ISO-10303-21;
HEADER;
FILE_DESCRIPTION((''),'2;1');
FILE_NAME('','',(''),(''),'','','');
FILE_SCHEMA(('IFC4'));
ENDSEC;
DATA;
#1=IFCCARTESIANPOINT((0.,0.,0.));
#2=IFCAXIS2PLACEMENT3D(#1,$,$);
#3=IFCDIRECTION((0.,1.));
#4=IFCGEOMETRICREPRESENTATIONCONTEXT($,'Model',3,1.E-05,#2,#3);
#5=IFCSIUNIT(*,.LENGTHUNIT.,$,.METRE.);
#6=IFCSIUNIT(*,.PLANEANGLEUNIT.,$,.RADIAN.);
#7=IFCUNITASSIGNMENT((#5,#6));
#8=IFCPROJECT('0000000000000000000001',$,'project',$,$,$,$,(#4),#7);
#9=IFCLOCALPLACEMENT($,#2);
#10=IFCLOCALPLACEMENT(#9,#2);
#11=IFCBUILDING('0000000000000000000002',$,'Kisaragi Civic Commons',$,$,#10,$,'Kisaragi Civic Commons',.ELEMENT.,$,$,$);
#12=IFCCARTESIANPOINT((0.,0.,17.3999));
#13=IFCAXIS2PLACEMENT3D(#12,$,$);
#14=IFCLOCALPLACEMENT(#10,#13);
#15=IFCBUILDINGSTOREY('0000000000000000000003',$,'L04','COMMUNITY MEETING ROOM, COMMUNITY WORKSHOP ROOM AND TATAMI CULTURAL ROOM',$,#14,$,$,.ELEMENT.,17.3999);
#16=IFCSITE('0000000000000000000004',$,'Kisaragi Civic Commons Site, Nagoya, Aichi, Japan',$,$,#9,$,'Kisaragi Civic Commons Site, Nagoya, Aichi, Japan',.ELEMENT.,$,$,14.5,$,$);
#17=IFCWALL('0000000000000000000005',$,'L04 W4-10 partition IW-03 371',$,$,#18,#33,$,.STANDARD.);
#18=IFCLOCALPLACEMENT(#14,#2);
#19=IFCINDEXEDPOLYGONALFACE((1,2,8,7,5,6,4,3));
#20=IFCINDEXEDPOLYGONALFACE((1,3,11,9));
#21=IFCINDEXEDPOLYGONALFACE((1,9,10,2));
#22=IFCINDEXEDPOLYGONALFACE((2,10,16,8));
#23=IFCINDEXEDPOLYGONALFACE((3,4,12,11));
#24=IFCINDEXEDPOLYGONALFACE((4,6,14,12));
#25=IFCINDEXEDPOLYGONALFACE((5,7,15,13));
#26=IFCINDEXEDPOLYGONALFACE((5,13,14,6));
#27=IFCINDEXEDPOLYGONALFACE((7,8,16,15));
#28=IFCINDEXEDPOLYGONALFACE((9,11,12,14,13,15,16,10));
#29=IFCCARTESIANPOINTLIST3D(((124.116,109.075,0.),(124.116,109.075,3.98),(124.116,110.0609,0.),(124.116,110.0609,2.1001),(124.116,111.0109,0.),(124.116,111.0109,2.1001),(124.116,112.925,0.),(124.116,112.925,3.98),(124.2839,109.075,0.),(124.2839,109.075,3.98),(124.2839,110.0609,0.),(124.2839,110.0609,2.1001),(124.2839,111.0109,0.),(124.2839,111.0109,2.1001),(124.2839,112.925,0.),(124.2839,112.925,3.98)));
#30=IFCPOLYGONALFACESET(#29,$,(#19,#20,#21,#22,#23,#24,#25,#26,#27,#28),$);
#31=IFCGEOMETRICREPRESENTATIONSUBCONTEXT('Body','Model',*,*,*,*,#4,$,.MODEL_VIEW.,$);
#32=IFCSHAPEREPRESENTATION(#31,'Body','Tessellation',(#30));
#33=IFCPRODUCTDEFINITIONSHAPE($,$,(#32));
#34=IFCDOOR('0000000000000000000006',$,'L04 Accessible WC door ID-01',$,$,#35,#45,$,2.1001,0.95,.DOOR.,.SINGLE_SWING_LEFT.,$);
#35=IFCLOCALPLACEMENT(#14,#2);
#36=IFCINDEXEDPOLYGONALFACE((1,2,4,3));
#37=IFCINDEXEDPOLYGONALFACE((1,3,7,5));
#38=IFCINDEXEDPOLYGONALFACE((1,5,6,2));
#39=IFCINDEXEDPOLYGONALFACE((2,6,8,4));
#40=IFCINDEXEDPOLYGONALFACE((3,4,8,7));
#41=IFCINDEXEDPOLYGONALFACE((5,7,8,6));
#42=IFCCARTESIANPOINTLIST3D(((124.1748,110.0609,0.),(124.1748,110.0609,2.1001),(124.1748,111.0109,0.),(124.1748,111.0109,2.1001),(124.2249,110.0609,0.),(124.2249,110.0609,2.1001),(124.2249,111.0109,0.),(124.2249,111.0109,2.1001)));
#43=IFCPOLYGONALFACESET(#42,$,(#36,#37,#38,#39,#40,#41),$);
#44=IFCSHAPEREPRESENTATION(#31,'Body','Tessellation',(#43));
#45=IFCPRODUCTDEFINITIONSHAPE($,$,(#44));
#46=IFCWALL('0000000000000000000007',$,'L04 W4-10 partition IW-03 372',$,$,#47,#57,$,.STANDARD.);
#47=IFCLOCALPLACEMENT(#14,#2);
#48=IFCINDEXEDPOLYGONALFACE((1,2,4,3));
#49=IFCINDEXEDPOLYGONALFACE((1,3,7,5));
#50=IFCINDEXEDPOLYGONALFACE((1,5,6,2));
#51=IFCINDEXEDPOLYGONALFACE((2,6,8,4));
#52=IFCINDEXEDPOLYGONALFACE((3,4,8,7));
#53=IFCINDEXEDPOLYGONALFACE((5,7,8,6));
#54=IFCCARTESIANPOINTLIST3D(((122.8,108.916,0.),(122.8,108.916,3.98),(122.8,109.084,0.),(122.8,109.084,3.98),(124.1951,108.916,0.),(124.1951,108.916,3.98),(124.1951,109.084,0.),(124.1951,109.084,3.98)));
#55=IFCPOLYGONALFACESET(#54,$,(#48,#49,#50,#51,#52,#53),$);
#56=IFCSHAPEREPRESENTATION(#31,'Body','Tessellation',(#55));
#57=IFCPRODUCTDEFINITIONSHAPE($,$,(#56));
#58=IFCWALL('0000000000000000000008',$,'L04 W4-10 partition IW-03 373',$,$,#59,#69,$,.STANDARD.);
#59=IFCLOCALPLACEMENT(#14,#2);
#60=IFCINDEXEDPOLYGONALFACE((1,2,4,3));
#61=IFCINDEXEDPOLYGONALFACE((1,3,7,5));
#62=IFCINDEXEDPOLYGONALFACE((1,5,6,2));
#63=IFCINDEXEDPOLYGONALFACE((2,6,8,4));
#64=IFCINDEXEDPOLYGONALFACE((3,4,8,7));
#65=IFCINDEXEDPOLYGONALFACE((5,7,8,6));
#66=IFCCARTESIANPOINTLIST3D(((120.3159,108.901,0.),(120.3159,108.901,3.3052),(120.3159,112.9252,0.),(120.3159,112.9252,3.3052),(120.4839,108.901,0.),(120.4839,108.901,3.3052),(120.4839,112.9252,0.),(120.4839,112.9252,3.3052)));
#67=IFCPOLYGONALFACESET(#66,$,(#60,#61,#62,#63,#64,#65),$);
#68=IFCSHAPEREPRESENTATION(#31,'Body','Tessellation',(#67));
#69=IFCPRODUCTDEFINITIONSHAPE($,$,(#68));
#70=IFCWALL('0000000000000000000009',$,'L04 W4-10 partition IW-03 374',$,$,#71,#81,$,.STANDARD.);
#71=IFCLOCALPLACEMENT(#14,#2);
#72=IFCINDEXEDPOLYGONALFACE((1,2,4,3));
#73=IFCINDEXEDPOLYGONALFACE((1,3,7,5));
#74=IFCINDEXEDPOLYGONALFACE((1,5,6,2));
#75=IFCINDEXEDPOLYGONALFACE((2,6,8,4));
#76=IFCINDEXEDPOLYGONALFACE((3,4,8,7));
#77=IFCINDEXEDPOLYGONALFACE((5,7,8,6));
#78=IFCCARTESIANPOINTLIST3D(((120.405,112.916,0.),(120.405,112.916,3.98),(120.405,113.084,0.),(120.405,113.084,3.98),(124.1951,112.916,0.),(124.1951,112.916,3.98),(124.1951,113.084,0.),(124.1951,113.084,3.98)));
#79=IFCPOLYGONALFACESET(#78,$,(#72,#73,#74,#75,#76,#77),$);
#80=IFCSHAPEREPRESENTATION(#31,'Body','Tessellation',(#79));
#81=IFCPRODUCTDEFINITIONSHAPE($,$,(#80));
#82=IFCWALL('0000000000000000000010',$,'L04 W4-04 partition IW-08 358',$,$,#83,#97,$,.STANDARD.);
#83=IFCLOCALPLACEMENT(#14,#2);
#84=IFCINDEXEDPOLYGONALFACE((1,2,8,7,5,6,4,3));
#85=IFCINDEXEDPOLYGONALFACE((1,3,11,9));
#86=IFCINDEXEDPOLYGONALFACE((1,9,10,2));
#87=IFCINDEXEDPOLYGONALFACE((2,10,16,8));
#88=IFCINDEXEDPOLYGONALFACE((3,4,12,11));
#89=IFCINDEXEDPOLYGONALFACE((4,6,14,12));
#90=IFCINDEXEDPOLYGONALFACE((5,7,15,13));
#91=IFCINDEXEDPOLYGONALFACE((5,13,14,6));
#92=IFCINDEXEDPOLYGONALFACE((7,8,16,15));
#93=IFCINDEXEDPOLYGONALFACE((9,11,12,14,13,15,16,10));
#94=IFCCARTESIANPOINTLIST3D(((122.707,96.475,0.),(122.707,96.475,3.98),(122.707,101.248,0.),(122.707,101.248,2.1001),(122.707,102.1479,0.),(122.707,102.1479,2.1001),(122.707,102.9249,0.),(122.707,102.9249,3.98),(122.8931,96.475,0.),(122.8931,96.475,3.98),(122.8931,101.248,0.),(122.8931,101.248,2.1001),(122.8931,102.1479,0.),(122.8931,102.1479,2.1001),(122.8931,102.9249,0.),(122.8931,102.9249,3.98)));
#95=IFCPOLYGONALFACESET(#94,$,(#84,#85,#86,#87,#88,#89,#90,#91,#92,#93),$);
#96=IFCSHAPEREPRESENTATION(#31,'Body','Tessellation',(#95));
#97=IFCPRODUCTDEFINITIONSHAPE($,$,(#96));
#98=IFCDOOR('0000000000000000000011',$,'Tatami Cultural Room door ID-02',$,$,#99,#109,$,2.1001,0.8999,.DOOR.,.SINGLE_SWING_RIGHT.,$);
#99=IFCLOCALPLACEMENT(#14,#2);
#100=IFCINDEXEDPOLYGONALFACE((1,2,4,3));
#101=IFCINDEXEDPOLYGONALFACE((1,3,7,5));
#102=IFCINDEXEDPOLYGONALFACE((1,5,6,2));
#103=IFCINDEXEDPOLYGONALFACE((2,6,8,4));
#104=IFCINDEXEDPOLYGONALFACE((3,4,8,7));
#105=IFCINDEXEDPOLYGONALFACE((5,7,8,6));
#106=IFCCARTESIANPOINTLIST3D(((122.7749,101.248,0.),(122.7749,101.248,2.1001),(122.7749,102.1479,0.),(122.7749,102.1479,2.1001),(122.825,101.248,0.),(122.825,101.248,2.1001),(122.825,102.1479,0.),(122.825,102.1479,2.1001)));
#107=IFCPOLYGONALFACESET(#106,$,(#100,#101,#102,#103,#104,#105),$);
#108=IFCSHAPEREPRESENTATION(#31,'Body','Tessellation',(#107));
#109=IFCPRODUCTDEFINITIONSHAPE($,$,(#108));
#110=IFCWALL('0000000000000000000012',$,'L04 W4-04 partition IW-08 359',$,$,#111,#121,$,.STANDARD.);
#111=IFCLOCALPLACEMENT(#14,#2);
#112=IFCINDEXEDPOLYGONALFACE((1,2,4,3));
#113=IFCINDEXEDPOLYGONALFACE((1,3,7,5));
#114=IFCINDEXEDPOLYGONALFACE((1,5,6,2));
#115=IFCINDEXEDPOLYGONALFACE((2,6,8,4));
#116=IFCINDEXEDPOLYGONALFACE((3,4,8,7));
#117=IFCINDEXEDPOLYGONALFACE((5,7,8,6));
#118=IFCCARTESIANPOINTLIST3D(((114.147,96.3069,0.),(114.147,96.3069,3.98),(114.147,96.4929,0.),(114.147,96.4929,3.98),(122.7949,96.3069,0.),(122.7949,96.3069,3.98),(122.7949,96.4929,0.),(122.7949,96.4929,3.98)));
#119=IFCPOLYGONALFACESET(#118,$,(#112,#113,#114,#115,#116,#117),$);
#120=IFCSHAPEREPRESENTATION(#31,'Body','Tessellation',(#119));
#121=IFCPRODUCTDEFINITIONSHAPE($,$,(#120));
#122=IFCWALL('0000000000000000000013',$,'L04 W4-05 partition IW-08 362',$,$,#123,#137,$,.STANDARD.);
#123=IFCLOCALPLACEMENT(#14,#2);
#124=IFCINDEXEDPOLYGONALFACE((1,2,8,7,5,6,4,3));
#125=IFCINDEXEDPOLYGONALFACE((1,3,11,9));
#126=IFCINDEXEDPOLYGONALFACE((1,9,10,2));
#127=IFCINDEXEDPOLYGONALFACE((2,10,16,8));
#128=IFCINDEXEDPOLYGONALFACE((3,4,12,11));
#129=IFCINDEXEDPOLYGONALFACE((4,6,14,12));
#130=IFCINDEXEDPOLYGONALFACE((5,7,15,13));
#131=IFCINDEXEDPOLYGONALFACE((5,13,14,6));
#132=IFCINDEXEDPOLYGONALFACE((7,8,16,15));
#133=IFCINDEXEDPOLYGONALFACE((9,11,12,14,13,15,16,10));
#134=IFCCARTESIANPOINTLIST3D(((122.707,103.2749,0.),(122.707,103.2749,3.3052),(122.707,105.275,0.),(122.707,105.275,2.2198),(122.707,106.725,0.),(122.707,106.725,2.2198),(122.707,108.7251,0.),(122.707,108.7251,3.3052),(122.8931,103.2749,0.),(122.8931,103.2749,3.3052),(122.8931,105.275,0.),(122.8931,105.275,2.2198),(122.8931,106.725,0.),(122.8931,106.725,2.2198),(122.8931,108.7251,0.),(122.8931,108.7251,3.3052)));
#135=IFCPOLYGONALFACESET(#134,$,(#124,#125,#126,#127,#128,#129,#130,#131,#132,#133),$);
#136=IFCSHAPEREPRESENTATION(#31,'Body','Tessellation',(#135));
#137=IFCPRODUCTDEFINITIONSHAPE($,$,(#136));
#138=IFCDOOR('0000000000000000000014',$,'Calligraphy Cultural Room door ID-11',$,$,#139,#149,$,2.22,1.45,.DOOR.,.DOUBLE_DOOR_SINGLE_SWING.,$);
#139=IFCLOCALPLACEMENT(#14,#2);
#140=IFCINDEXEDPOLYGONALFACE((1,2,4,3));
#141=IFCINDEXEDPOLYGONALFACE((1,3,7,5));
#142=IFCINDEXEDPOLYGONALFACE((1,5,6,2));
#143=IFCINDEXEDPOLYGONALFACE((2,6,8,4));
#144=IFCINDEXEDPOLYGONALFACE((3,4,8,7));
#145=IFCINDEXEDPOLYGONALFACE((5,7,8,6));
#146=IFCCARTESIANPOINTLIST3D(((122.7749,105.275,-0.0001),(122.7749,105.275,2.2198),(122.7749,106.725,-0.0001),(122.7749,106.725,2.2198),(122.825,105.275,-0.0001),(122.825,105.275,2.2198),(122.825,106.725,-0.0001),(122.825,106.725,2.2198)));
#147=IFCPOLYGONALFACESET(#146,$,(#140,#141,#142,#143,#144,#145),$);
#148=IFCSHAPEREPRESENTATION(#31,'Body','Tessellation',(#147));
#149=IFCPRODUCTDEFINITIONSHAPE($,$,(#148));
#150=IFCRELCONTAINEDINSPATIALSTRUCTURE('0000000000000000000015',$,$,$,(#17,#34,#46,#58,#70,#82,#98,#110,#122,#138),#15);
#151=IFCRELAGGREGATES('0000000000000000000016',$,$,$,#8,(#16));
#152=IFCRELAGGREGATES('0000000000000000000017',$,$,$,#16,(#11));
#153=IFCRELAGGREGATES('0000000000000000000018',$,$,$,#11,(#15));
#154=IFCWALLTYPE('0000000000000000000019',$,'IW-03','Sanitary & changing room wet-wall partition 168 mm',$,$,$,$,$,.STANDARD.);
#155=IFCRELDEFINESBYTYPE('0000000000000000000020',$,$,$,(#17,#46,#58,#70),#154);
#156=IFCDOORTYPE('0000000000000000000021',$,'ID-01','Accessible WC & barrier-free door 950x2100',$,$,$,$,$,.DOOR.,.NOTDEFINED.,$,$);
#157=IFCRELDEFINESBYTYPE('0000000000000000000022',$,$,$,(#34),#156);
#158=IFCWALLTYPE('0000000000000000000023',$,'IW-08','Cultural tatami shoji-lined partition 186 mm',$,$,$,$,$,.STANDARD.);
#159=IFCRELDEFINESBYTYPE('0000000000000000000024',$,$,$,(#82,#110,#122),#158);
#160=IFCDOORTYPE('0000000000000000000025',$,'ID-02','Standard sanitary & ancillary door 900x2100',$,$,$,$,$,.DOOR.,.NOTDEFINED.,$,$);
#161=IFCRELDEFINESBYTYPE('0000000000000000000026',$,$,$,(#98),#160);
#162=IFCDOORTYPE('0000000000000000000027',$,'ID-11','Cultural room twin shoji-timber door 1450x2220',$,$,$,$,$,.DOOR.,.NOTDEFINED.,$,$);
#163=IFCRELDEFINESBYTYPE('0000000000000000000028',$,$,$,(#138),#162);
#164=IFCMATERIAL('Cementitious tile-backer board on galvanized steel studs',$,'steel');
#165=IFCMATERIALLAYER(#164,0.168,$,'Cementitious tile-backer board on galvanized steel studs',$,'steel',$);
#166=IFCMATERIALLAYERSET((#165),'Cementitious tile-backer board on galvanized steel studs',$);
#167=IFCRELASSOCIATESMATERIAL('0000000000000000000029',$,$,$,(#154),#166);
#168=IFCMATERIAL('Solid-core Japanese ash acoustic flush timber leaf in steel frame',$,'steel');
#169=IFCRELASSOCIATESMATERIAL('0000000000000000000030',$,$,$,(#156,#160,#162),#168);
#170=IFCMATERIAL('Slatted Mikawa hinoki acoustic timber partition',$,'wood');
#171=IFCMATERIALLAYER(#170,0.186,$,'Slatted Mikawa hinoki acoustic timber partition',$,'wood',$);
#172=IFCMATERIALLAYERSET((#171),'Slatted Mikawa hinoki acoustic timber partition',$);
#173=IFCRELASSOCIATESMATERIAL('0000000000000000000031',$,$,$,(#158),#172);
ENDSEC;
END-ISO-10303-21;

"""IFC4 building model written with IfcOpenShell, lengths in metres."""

from ifc_helpers import new_model, si_unit, direction, frame, frame_2d, origin, place, context, subcontext, project, spatial, rectangle, extrude, material, layer, layer_set, type_object, element, fill, save


model = new_model("IFC4")

# Units and contexts
model_context = context("Model", 3, precision=1e-05, world=origin(), true_north=direction((0.0, 1.0)))
body_context = subcontext(model_context, "Body", "Model", "MODEL_VIEW")
ifc_project = project(units=[si_unit("LENGTHUNIT", "METRE"), si_unit("PLANEANGLEUNIT", "RADIAN")], contexts=[model_context])

# Site, building, storey
site_placement = place(None, origin())
site = spatial("IfcSite", under=ifc_project, at=site_placement, Name="Kisaragi Civic Commons Site, Nagoya, Aichi, Japan", LongName="Kisaragi Civic Commons Site, Nagoya, Aichi, Japan", CompositionType="ELEMENT", RefElevation=14.5)
building_placement = place(site_placement, origin())
building = spatial("IfcBuilding", under=site, at=building_placement, Name="Kisaragi Civic Commons", LongName="Kisaragi Civic Commons", CompositionType="ELEMENT")
storey_placement = place(building_placement, frame((0.0, 0.0, 17.3999)))
storey = spatial("IfcBuildingStorey", under=building, at=storey_placement, Name="L04", Description="COMMUNITY MEETING ROOM, COMMUNITY WORKSHOP ROOM AND TATAMI CULTURAL ROOM", CompositionType="ELEMENT", Elevation=17.3999)

# Shared definitions
ifc_material_1 = material(Name="Solid-core Japanese ash acoustic flush timber leaf in steel frame", Category="steel")

# Wall, opening, door
ifc_material_2 = material(Name="Cementitious tile-backer board on galvanized steel studs", Category="steel")
ifc_layer_1 = layer(ifc_material_2, 0.168, Name="Cementitious tile-backer board on galvanized steel studs", Category="steel")
ifc_layer_set_1 = layer_set([ifc_layer_1], Name="Cementitious tile-backer board on galvanized steel studs")
wall_type_1 = type_object("IfcWallType", Name="IW-03", Description="Sanitary & changing room wet-wall partition 168 mm", PredefinedType="STANDARD", material=ifc_layer_set_1)
wall_1_placement = place(storey_placement, frame((124.2, 112.925, 0.0), z_axis=(0.0, 0.0, 1.0), x_axis=(0.0, -1.0, 0.0)))
wall_1 = element("IfcWall", 1, at=wall_1_placement, inside=storey, type_object=wall_type_1, Name="L04 W4-10 partition IW-03 371", PredefinedType="STANDARD", context=body_context, shape_type="SweptSolid", body=[
    extrude(rectangle(XDim=3.8501, YDim=0.168, at=frame_2d((1.925, 0.0))), origin(), (0.0, 0.0, 1.0), 3.98),
])
opening_1_placement = place(wall_1_placement, frame((1.9141, 0.0, 0.0)))
opening_1 = element("IfcOpeningElement", 2, at=opening_1_placement, cuts=wall_1, PredefinedType="OPENING", context=body_context, shape_type="SweptSolid", body=[
    extrude(rectangle(XDim=0.95, YDim=2.1001, at=frame_2d((0.4751, 1.05))), frame((0.0, 0.094, 0.0), z_axis=(0.0, -1.0, 0.0), x_axis=(1.0, 0.0, 0.0)), (0.0, 0.0, 1.0), 0.188),
])
door_type_1 = type_object("IfcDoorType", Name="ID-01", Description="Accessible WC & barrier-free door 950x2100", OperationType="NOTDEFINED", PredefinedType="DOOR", material=ifc_material_1)
door_1_placement = place(opening_1_placement, origin())
door_1 = element("IfcDoor", 3, at=door_1_placement, inside=storey, type_object=door_type_1, Name="L04 Accessible WC door ID-01", OperationType="SINGLE_SWING_LEFT", OverallHeight=2.1001, OverallWidth=0.95, PredefinedType="DOOR", context=body_context, shape_type="SweptSolid", body=[
    extrude(rectangle(XDim=0.95, YDim=2.1001, at=frame_2d((0.4751, 1.05))), frame((0.0, 0.0249, 0.0), z_axis=(0.0, -1.0, 0.0), x_axis=(1.0, 0.0, 0.0)), (0.0, 0.0, 1.0), 0.05),
])
fill(opening_1, door_1)

# Walls
wall_2_placement = place(storey_placement, frame((124.1951, 109.0, 0.0), z_axis=(0.0, 0.0, 1.0), x_axis=(-1.0, 0.0, 0.0)))
element("IfcWall", 4, at=wall_2_placement, inside=storey, type_object=wall_type_1, Name="L04 W4-10 partition IW-03 372", PredefinedType="STANDARD", context=body_context, shape_type="SweptSolid", body=[
    extrude(rectangle(XDim=1.395, YDim=0.168, at=frame_2d((0.6975, 0.0))), origin(), (0.0, 0.0, 1.0), 3.98),
])
wall_3_placement = place(storey_placement, frame((120.3999, 108.9009, 0.0), z_axis=(0.0, 0.0, 1.0), x_axis=(0.0, 1.0, 0.0)))
element("IfcWall", 5, at=wall_3_placement, inside=storey, type_object=wall_type_1, Name="L04 W4-10 partition IW-03 373", PredefinedType="STANDARD", context=body_context, shape_type="SweptSolid", body=[
    extrude(rectangle(XDim=4.0242, YDim=0.168, at=frame_2d((2.0122, 0.0))), origin(), (0.0, 0.0, 1.0), 3.3052),
])
wall_4_placement = place(storey_placement, frame((120.405, 113.0, 0.0), z_axis=(0.0, 0.0, 1.0), x_axis=(1.0, 0.0, 0.0)))
element("IfcWall", 6, at=wall_4_placement, inside=storey, type_object=wall_type_1, Name="L04 W4-10 partition IW-03 374", PredefinedType="STANDARD", context=body_context, shape_type="SweptSolid", body=[
    extrude(rectangle(XDim=3.79, YDim=0.168, at=frame_2d((1.895, 0.0))), origin(), (0.0, 0.0, 1.0), 3.98),
])

# Wall, opening, door
ifc_material_3 = material(Name="Slatted Mikawa hinoki acoustic timber partition", Category="wood")
ifc_layer_2 = layer(ifc_material_3, 0.186, Name="Slatted Mikawa hinoki acoustic timber partition", Category="wood")
ifc_layer_set_2 = layer_set([ifc_layer_2], Name="Slatted Mikawa hinoki acoustic timber partition")
wall_type_2 = type_object("IfcWallType", Name="IW-08", Description="Cultural tatami shoji-lined partition 186 mm", PredefinedType="STANDARD", material=ifc_layer_set_2)
wall_5_placement = place(storey_placement, frame((122.8, 102.925, 0.0), z_axis=(0.0, 0.0, 1.0), x_axis=(0.0, -1.0, 0.0)))
wall_5 = element("IfcWall", 7, at=wall_5_placement, inside=storey, type_object=wall_type_2, Name="L04 W4-04 partition IW-08 358", PredefinedType="STANDARD", context=body_context, shape_type="SweptSolid", body=[
    extrude(rectangle(XDim=6.45, YDim=0.186, at=frame_2d((3.2251, 0.0))), origin(), (0.0, 0.0, 1.0), 3.98),
])
opening_2_placement = place(wall_5_placement, frame((0.7771, 0.0, 0.0)))
opening_2 = element("IfcOpeningElement", 8, at=opening_2_placement, cuts=wall_5, PredefinedType="OPENING", context=body_context, shape_type="SweptSolid", body=[
    extrude(rectangle(XDim=0.8999, YDim=2.1001, at=frame_2d((0.45, 1.05))), frame((0.0, 0.103, 0.0), z_axis=(0.0, -1.0, 0.0), x_axis=(1.0, 0.0, 0.0)), (0.0, 0.0, 1.0), 0.2061),
])
door_type_2 = type_object("IfcDoorType", Name="ID-02", Description="Standard sanitary & ancillary door 900x2100", OperationType="NOTDEFINED", PredefinedType="DOOR", material=ifc_material_1)
door_2_placement = place(opening_2_placement, origin())
door_2 = element("IfcDoor", 9, at=door_2_placement, inside=storey, type_object=door_type_2, Name="Tatami Cultural Room door ID-02", OperationType="SINGLE_SWING_RIGHT", OverallHeight=2.1001, OverallWidth=0.8999, PredefinedType="DOOR", context=body_context, shape_type="SweptSolid", body=[
    extrude(rectangle(XDim=0.8999, YDim=2.1001, at=frame_2d((0.45, 1.05))), frame((0.0, 0.0249, 0.0), z_axis=(0.0, -1.0, 0.0), x_axis=(1.0, 0.0, 0.0)), (0.0, 0.0, 1.0), 0.05),
])
fill(opening_2, door_2)

# Wall
wall_6_placement = place(storey_placement, frame((122.7949, 96.3999, 0.0), z_axis=(0.0, 0.0, 1.0), x_axis=(-1.0, 0.0, 0.0)))
element("IfcWall", 10, at=wall_6_placement, inside=storey, type_object=wall_type_2, Name="L04 W4-04 partition IW-08 359", PredefinedType="STANDARD", context=body_context, shape_type="SweptSolid", body=[
    extrude(rectangle(XDim=8.6479, YDim=0.186, at=frame_2d((4.324, 0.0))), origin(), (0.0, 0.0, 1.0), 3.98),
])

# Wall, opening, door
wall_7_placement = place(storey_placement, frame((122.8, 108.7251, 0.0), z_axis=(0.0, 0.0, 1.0), x_axis=(0.0, -1.0, 0.0)))
wall_7 = element("IfcWall", 11, at=wall_7_placement, inside=storey, type_object=wall_type_2, Name="L04 W4-05 partition IW-08 362", PredefinedType="STANDARD", context=body_context, shape_type="SweptSolid", body=[
    extrude(rectangle(XDim=5.4502, YDim=0.186, at=frame_2d((2.7251, 0.0))), origin(), (0.0, 0.0, 1.0), 3.3052),
])
opening_3_placement = place(wall_7_placement, frame((2.0, 0.0, 0.0)))
opening_3 = element("IfcOpeningElement", 12, at=opening_3_placement, cuts=wall_7, PredefinedType="OPENING", context=body_context, shape_type="SweptSolid", body=[
    extrude(rectangle(XDim=1.45, YDim=2.22, at=frame_2d((0.7251, 1.1099))), frame((0.0, 0.103, 0.0), z_axis=(0.0, -1.0, 0.0), x_axis=(1.0, 0.0, 0.0)), (0.0, 0.0, 1.0), 0.2061),
])
door_type_3 = type_object("IfcDoorType", Name="ID-11", Description="Cultural room twin shoji-timber door 1450x2220", OperationType="NOTDEFINED", PredefinedType="DOOR", material=ifc_material_1)
door_3_placement = place(opening_3_placement, origin())
door_3 = element("IfcDoor", 13, at=door_3_placement, inside=storey, type_object=door_type_3, Name="Calligraphy Cultural Room door ID-11", OperationType="DOUBLE_DOOR_SINGLE_SWING", OverallHeight=2.22, OverallWidth=1.45, PredefinedType="DOOR", context=body_context, shape_type="SweptSolid", body=[
    extrude(rectangle(XDim=1.45, YDim=2.22, at=frame_2d((0.7251, 1.1099))), frame((0.0, 0.0249, 0.0), z_axis=(0.0, -1.0, 0.0), x_axis=(1.0, 0.0, 0.0)), (0.0, 0.0, 1.0), 0.05),
])
fill(opening_3, door_3)

save(model, "model.ifc")
